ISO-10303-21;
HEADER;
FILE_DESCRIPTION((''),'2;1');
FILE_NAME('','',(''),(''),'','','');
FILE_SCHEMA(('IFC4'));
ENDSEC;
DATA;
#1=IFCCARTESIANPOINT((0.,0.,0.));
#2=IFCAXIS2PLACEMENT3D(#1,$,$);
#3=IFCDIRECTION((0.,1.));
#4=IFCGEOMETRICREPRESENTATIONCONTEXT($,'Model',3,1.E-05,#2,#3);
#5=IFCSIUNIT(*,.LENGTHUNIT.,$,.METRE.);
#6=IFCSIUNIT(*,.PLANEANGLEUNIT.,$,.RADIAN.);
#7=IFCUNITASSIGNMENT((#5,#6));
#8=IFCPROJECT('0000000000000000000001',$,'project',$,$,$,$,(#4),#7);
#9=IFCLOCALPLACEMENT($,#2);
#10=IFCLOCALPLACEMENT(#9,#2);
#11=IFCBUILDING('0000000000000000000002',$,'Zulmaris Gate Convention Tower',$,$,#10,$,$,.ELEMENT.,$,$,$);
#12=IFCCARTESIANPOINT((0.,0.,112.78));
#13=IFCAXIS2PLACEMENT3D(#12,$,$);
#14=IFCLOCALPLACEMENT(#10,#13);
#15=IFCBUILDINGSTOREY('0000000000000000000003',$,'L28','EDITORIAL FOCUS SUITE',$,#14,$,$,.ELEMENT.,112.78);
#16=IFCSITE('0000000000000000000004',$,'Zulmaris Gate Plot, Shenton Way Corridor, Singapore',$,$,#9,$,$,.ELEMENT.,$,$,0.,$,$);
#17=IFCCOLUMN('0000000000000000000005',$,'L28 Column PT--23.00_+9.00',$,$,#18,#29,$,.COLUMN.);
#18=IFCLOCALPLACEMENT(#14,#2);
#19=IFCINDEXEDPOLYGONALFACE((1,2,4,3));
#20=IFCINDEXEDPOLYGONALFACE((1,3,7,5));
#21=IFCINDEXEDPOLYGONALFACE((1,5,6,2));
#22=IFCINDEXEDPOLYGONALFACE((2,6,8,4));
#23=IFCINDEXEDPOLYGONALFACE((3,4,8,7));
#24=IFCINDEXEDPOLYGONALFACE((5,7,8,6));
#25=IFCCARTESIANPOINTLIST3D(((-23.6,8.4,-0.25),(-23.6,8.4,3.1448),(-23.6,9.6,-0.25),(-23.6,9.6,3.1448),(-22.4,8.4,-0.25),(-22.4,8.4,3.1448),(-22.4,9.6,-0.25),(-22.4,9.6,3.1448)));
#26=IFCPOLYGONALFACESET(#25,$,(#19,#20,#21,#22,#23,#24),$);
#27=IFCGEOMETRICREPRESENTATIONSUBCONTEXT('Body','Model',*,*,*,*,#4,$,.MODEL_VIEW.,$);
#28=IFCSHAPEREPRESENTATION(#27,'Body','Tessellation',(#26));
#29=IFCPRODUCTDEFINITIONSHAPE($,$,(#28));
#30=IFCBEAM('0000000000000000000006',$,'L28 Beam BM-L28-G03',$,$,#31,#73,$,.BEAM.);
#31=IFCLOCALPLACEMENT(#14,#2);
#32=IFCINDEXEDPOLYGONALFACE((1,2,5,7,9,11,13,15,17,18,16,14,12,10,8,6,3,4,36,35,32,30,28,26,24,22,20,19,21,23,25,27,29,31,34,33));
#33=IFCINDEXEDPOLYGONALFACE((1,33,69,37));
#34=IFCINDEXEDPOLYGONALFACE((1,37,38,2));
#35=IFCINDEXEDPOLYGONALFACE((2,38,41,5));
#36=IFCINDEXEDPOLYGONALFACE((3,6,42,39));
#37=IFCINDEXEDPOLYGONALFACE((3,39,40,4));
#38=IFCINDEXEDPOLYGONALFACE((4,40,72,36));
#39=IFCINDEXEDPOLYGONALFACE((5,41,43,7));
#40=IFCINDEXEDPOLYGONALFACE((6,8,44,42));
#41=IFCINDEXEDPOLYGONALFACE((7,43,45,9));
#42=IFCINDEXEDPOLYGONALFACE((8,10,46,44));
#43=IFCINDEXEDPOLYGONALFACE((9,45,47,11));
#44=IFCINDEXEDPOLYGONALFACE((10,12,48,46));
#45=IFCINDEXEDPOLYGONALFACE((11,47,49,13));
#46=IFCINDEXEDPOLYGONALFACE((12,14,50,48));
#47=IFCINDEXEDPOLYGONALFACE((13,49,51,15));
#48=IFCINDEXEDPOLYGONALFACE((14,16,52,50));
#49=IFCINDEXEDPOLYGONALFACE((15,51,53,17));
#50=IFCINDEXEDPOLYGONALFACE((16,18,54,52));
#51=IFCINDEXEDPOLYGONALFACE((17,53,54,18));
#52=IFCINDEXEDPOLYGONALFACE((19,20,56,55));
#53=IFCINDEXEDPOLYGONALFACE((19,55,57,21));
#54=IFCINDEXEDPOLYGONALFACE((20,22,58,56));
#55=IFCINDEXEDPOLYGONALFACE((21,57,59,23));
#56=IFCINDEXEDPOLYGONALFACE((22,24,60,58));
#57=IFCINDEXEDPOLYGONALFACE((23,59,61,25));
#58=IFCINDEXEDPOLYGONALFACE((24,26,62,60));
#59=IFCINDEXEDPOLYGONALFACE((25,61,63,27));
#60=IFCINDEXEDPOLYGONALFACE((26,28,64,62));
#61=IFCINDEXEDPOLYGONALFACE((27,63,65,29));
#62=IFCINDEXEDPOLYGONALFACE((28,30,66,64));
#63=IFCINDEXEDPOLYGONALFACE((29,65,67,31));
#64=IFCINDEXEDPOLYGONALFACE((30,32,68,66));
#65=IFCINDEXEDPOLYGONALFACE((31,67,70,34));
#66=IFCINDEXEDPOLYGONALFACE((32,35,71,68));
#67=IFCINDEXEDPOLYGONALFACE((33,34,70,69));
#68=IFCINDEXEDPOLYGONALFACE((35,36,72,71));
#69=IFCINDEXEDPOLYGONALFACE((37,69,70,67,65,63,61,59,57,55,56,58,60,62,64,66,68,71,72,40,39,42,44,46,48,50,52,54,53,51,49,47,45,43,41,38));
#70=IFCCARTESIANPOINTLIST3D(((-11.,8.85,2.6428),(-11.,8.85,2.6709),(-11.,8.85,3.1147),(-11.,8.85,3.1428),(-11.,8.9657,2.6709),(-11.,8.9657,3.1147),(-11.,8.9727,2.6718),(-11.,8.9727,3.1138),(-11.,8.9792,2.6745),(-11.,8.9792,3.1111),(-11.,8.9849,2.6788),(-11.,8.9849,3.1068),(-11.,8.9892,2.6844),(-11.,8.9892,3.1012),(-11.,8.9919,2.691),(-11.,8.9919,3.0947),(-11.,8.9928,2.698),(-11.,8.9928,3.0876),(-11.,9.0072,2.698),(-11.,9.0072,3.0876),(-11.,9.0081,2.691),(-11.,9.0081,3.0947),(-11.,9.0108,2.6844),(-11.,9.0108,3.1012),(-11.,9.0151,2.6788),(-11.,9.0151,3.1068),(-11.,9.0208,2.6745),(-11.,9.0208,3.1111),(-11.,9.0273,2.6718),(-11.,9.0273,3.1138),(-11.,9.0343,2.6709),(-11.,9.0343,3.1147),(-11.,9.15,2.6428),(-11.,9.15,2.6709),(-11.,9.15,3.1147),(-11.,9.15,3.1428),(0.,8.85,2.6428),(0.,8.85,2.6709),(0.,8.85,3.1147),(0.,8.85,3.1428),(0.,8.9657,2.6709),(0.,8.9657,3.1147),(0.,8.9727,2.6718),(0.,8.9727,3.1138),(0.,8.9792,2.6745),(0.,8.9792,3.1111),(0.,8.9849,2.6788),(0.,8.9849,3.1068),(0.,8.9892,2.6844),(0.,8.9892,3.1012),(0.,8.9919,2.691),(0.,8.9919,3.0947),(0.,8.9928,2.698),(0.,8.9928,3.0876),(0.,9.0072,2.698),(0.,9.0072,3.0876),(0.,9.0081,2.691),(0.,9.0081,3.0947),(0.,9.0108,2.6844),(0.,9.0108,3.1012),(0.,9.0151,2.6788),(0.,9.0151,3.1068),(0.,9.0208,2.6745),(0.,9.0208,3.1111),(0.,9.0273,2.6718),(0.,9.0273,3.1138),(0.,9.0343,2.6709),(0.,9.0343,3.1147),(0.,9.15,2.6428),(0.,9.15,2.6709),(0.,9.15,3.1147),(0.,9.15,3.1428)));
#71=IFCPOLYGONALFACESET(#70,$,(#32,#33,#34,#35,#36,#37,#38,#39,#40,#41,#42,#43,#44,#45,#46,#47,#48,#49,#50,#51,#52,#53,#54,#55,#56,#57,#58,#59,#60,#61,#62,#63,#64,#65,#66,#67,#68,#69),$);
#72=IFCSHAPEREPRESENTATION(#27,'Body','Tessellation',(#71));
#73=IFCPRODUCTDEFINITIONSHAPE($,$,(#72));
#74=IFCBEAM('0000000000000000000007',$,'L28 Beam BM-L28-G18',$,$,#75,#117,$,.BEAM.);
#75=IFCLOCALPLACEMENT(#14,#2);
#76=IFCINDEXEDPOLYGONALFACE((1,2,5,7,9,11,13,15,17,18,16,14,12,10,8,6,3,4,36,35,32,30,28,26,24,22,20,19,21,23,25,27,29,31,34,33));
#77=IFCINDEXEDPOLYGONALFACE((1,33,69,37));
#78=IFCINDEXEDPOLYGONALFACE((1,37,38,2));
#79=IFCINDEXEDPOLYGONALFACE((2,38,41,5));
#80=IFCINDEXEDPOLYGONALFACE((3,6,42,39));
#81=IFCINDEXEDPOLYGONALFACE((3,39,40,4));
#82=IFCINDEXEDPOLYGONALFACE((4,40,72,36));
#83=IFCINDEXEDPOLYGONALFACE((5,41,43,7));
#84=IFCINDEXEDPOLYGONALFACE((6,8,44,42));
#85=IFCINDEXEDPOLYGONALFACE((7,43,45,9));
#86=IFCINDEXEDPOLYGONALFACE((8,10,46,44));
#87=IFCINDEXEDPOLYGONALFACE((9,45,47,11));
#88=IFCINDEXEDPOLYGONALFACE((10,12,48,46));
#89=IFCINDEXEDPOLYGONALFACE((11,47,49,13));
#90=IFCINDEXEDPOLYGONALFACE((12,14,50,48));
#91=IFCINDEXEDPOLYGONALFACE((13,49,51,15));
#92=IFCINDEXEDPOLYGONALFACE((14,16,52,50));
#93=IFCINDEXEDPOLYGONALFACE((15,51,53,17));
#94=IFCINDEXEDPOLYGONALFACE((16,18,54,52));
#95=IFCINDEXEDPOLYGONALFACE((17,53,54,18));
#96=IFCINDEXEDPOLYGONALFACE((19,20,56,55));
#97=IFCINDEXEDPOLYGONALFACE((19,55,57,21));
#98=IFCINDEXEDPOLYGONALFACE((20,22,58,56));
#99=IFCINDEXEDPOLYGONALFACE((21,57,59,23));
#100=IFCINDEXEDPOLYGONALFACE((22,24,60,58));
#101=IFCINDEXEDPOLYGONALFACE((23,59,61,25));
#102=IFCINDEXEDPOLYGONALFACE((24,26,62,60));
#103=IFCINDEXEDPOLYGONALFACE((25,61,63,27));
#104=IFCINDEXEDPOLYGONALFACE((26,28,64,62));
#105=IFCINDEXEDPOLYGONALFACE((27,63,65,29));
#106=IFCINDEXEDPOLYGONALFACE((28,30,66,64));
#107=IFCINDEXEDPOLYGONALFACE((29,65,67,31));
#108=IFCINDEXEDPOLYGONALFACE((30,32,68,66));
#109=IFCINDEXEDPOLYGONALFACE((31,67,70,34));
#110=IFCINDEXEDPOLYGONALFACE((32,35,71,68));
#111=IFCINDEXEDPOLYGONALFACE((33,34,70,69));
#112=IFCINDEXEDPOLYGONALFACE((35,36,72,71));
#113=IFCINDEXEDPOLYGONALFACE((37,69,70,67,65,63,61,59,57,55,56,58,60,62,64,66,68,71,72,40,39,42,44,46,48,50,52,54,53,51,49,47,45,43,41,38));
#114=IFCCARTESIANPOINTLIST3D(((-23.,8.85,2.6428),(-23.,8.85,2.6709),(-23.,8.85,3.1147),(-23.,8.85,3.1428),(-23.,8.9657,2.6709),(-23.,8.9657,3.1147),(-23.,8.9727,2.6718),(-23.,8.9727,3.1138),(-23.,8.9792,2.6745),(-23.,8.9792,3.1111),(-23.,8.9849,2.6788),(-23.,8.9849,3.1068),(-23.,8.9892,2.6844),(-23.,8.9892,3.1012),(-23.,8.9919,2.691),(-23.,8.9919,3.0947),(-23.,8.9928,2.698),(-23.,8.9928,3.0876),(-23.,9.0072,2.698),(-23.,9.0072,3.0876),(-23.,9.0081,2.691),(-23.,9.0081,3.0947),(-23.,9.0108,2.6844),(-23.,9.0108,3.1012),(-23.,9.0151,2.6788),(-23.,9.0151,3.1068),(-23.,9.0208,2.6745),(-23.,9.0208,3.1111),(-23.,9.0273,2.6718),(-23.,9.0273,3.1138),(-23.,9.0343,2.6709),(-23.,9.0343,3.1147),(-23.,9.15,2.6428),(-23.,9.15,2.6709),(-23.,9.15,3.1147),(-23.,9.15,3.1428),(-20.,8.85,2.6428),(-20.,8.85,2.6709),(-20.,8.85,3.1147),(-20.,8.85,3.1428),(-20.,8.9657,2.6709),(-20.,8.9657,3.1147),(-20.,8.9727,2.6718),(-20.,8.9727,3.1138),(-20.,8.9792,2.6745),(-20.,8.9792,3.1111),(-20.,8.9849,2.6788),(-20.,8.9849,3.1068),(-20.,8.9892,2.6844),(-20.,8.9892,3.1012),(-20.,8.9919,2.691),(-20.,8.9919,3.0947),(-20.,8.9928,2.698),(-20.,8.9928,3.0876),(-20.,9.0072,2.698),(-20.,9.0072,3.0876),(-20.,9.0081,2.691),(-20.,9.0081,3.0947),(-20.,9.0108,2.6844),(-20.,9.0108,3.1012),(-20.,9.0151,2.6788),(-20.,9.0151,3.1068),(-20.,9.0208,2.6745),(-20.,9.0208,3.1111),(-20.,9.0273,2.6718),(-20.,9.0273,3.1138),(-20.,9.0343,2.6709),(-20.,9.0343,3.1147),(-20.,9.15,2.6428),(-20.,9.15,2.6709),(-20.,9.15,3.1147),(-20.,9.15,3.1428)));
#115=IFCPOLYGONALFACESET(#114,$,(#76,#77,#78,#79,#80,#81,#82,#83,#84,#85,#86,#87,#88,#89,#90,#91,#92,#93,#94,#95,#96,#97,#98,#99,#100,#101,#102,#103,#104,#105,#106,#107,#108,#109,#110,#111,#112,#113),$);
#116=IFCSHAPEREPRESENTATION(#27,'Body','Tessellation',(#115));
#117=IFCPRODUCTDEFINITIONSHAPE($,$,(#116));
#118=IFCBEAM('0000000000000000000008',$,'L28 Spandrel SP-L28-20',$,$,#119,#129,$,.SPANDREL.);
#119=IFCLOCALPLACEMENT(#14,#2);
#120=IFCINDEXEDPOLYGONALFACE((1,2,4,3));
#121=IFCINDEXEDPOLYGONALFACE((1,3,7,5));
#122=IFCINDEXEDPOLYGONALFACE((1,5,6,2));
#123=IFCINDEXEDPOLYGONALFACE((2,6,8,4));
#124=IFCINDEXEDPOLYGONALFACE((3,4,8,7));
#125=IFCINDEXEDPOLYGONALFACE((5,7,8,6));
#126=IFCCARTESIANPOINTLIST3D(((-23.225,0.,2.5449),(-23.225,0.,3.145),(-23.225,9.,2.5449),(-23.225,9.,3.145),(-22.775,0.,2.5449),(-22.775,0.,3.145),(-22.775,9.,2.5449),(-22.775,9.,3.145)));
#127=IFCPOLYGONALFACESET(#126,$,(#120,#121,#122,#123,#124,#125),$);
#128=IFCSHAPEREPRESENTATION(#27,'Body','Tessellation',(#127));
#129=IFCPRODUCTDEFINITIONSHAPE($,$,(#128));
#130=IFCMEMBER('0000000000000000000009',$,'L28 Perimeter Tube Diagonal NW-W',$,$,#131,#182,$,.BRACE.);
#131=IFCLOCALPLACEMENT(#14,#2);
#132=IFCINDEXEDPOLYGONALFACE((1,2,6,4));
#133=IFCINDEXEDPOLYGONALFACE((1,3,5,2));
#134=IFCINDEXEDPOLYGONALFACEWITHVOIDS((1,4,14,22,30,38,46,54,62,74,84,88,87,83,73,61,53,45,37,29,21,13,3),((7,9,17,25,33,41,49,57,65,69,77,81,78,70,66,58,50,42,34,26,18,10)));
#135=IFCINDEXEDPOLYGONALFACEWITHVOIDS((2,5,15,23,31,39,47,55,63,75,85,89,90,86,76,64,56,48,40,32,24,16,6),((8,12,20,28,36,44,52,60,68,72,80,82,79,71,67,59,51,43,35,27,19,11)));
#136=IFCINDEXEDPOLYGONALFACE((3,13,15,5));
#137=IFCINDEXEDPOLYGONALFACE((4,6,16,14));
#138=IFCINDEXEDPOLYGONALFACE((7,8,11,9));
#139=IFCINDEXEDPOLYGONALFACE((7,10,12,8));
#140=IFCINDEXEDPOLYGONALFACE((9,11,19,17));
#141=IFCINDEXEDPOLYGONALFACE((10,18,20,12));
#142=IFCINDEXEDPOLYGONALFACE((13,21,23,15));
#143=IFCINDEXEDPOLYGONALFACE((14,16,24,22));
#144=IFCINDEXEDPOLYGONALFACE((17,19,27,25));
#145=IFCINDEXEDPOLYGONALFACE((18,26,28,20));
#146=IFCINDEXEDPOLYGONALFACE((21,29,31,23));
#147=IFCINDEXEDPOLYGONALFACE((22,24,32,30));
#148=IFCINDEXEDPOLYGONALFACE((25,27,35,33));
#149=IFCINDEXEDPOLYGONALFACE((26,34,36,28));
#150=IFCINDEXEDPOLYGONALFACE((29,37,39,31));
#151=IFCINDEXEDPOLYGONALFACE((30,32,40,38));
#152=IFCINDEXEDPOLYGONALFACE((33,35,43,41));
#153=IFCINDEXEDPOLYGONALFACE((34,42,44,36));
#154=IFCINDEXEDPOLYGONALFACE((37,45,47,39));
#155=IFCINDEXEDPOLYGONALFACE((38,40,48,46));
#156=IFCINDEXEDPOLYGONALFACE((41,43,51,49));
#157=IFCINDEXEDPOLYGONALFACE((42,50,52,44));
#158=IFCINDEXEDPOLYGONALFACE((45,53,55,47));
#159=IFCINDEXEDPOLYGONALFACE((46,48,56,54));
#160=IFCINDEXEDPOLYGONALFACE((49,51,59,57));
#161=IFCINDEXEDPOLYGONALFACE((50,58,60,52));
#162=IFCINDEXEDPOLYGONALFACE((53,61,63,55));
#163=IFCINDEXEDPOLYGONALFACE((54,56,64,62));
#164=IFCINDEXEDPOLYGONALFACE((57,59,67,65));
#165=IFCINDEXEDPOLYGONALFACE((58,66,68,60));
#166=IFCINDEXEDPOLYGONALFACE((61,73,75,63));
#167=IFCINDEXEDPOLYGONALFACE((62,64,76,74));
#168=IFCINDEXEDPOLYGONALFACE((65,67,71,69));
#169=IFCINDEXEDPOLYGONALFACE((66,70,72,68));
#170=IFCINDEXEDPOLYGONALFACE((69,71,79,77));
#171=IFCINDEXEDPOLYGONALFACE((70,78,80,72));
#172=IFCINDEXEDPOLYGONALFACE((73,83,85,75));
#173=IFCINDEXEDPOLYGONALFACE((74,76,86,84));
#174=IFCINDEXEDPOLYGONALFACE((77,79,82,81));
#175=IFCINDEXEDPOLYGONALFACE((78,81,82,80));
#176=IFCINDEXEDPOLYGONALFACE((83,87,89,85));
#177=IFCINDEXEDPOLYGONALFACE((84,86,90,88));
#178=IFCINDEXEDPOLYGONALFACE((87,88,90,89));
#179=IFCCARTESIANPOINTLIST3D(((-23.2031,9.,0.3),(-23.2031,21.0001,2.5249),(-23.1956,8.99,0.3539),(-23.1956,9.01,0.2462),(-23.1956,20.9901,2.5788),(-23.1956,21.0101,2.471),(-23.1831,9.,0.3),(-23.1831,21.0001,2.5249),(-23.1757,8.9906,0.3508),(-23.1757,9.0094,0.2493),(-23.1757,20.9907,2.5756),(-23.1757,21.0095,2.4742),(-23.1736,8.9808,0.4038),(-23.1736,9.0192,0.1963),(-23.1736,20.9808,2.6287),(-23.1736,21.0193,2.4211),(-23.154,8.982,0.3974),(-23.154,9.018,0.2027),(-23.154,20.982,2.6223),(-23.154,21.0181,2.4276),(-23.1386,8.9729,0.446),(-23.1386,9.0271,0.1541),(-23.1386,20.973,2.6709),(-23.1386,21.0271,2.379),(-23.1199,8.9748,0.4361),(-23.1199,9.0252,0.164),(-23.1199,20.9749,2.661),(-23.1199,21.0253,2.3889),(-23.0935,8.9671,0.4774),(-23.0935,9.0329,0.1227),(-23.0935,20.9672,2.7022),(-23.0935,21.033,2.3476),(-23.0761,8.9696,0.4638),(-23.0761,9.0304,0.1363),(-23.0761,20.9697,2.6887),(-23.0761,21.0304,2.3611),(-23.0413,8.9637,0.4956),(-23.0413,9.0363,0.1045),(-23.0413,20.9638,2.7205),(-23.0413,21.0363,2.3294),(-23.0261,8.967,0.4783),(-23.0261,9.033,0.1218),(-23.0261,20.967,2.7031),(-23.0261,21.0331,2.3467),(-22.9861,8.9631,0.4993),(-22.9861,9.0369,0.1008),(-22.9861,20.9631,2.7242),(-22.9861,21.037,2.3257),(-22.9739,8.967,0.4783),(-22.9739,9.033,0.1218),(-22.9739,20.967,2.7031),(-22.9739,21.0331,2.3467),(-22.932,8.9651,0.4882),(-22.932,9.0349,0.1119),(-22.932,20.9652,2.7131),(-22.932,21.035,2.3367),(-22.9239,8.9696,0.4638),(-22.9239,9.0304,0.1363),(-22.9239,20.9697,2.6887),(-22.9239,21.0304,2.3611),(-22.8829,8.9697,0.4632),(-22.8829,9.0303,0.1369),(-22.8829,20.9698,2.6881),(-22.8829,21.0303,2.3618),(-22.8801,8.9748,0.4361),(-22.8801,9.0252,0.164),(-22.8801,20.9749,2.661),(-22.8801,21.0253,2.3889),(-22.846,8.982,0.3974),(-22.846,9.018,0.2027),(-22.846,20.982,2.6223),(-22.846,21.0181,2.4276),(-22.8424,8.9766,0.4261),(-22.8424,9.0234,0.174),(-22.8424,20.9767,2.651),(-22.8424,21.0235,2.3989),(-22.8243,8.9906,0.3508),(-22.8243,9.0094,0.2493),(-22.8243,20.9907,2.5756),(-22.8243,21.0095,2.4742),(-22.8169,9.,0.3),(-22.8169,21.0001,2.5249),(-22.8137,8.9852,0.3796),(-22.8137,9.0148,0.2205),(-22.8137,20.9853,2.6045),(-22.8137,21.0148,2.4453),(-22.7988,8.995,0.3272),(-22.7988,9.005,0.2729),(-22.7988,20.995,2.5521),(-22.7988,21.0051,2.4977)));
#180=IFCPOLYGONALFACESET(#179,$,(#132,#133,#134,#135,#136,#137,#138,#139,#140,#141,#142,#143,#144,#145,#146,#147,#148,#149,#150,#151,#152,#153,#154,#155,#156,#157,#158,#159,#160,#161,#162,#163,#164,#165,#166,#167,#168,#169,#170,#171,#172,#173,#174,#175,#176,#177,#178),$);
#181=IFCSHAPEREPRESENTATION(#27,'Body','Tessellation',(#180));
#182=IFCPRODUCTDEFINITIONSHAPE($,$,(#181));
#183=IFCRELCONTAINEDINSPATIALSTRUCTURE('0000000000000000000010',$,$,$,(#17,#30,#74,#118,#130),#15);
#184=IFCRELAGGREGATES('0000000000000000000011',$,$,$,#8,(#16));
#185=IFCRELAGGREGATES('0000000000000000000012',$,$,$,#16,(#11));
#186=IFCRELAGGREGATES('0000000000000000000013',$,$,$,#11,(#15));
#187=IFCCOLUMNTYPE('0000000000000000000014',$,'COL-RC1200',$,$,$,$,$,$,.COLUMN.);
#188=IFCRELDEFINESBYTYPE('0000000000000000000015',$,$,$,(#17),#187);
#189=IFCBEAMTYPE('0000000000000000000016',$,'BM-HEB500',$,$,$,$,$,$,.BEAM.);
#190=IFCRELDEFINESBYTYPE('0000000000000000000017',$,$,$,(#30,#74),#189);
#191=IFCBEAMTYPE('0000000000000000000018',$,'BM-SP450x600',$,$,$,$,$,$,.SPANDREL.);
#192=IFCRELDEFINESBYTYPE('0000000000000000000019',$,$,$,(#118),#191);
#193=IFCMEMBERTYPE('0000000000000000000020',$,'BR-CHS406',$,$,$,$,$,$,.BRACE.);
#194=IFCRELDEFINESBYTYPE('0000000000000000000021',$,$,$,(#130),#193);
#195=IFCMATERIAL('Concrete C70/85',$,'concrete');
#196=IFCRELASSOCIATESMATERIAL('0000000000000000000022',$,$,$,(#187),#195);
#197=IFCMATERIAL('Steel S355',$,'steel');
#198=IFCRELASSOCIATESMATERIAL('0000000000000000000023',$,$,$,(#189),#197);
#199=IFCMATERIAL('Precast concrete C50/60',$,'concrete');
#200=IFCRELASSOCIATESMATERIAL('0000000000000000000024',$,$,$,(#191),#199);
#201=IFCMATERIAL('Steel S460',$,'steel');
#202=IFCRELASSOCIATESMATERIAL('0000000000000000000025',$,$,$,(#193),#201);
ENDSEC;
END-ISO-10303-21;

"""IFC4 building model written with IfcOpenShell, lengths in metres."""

from ifc_helpers import new_model, si_unit, direction, frame, origin, origin_2d, place, context, subcontext, project, spatial, rectangle, hollow_circle, i_section, extrude, material, material_profile, profile_set, type_object, element, save


model = new_model("IFC4")

# Units and contexts
model_context = context("Model", 3, precision=1e-05, world=origin(), true_north=direction((0.0, 1.0)))
body_context = subcontext(model_context, "Body", "Model", "MODEL_VIEW")
ifc_project = project(units=[si_unit("LENGTHUNIT", "METRE"), si_unit("PLANEANGLEUNIT", "RADIAN")], contexts=[model_context])

# Site, building, storey
site_placement = place(None, origin())
site = spatial("IfcSite", under=ifc_project, at=site_placement, Name="Zulmaris Gate Plot, Shenton Way Corridor, Singapore", CompositionType="ELEMENT", RefElevation=0.0)
building_placement = place(site_placement, origin())
building = spatial("IfcBuilding", under=site, at=building_placement, Name="Zulmaris Gate Convention Tower", CompositionType="ELEMENT")
storey_placement = place(building_placement, frame((0.0, 0.0, 112.78)))
storey = spatial("IfcBuildingStorey", under=building, at=storey_placement, Name="L28", Description="EDITORIAL FOCUS SUITE", CompositionType="ELEMENT", Elevation=112.78)

# Column
ifc_material_1 = material(Name="Concrete C70/85", Category="concrete")
ifc_material_profile_1 = material_profile(ifc_material_1, rectangle(XDim=1.2, YDim=1.2, at=origin_2d()), Name="RC COL 1200x1200")
ifc_profile_set_1 = profile_set([ifc_material_profile_1], Name="Concrete C70/85")
column_type = type_object("IfcColumnType", Name="COL-RC1200", PredefinedType="COLUMN", material=ifc_profile_set_1)
column_placement = place(storey_placement, frame((-23.0, 9.0, -0.25), z_axis=(0.0, 0.0, 1.0), x_axis=(1.0, 0.0, 0.0)))
element("IfcColumn", 1, at=column_placement, inside=storey, type_object=column_type, Name="L28 Column PT--23.00_+9.00", PredefinedType="COLUMN", context=body_context, shape_type="SweptSolid", body=[
    extrude(rectangle(XDim=1.2, YDim=1.2, at=origin_2d()), origin(), (0.0, 0.0, 1.0), 3.3948),
])

# Beams
ifc_material_2 = material(Name="Steel S355", Category="steel")
ifc_material_profile_2 = material_profile(ifc_material_2, i_section(OverallWidth=0.3, OverallDepth=0.5, WebThickness=0.0144, FlangeThickness=0.0281, FilletRadius=0.0271, at=origin_2d()), Name="HEB 500")
ifc_profile_set_2 = profile_set([ifc_material_profile_2], Name="Steel S355")
beam_type_1 = type_object("IfcBeamType", Name="BM-HEB500", PredefinedType="BEAM", material=ifc_profile_set_2)
beam_1_placement = place(storey_placement, frame((-11.0, 9.0, 2.8928), z_axis=(1.0, 0.0, 0.0), x_axis=(0.0, 1.0, 0.0)))
element("IfcBeam", 2, at=beam_1_placement, inside=storey, type_object=beam_type_1, Name="L28 Beam BM-L28-G03", PredefinedType="BEAM", context=body_context, shape_type="SweptSolid", body=[
    extrude(i_section(OverallWidth=0.3, OverallDepth=0.5, WebThickness=0.0144, FlangeThickness=0.0281, FilletRadius=0.0271, at=origin_2d()), origin(), (0.0, 0.0, 1.0), 11.0),
])
beam_2_placement = place(storey_placement, frame((-23.0, 9.0, 2.8928), z_axis=(1.0, 0.0, 0.0), x_axis=(0.0, 1.0, 0.0)))
element("IfcBeam", 3, at=beam_2_placement, inside=storey, type_object=beam_type_1, Name="L28 Beam BM-L28-G18", PredefinedType="BEAM", context=body_context, shape_type="SweptSolid", body=[
    extrude(i_section(OverallWidth=0.3, OverallDepth=0.5, WebThickness=0.0144, FlangeThickness=0.0281, FilletRadius=0.0271, at=origin_2d()), origin(), (0.0, 0.0, 1.0), 3.0),
])
ifc_material_3 = material(Name="Precast concrete C50/60", Category="concrete")
ifc_material_profile_3 = material_profile(ifc_material_3, rectangle(XDim=0.45, YDim=0.6001, at=origin_2d()), Name="RC SPANDREL 450x600")
ifc_profile_set_3 = profile_set([ifc_material_profile_3], Name="Precast concrete C50/60")
beam_type_2 = type_object("IfcBeamType", Name="BM-SP450x600", PredefinedType="SPANDREL", material=ifc_profile_set_3)
beam_3_placement = place(storey_placement, frame((-23.0, 9.0, 2.845), z_axis=(0.0, -1.0, 0.0), x_axis=(1.0, 0.0, 0.0)))
element("IfcBeam", 4, at=beam_3_placement, inside=storey, type_object=beam_type_2, Name="L28 Spandrel SP-L28-20", PredefinedType="SPANDREL", context=body_context, shape_type="SweptSolid", body=[
    extrude(rectangle(XDim=0.45, YDim=0.6001, at=origin_2d()), origin(), (0.0, 0.0, 1.0), 9.0),
])

# Member
ifc_material_4 = material(Name="Steel S460", Category="steel")
ifc_material_profile_4 = material_profile(ifc_material_4, hollow_circle(Radius=0.2031, WallThickness=0.02, at=origin_2d()), Name="CHS 406.4x20")
ifc_profile_set_4 = profile_set([ifc_material_profile_4], Name="Steel S460")
member_type = type_object("IfcMemberType", Name="BR-CHS406", PredefinedType="BRACE", material=ifc_profile_set_4)
member_placement = place(storey_placement, frame((-23.0, 9.0, 0.3), z_axis=(0.0, 0.983243, 0.182298), x_axis=(-1.0, 0.0, 0.0)))
element("IfcMember", 5, at=member_placement, inside=storey, type_object=member_type, Name="L28 Perimeter Tube Diagonal NW-W", PredefinedType="BRACE", context=body_context, shape_type="SweptSolid", body=[
    extrude(hollow_circle(Radius=0.2031, WallThickness=0.02, at=origin_2d()), origin(), (0.0, 0.0, 1.0), 12.2046),
])

save(model, "model.ifc")
